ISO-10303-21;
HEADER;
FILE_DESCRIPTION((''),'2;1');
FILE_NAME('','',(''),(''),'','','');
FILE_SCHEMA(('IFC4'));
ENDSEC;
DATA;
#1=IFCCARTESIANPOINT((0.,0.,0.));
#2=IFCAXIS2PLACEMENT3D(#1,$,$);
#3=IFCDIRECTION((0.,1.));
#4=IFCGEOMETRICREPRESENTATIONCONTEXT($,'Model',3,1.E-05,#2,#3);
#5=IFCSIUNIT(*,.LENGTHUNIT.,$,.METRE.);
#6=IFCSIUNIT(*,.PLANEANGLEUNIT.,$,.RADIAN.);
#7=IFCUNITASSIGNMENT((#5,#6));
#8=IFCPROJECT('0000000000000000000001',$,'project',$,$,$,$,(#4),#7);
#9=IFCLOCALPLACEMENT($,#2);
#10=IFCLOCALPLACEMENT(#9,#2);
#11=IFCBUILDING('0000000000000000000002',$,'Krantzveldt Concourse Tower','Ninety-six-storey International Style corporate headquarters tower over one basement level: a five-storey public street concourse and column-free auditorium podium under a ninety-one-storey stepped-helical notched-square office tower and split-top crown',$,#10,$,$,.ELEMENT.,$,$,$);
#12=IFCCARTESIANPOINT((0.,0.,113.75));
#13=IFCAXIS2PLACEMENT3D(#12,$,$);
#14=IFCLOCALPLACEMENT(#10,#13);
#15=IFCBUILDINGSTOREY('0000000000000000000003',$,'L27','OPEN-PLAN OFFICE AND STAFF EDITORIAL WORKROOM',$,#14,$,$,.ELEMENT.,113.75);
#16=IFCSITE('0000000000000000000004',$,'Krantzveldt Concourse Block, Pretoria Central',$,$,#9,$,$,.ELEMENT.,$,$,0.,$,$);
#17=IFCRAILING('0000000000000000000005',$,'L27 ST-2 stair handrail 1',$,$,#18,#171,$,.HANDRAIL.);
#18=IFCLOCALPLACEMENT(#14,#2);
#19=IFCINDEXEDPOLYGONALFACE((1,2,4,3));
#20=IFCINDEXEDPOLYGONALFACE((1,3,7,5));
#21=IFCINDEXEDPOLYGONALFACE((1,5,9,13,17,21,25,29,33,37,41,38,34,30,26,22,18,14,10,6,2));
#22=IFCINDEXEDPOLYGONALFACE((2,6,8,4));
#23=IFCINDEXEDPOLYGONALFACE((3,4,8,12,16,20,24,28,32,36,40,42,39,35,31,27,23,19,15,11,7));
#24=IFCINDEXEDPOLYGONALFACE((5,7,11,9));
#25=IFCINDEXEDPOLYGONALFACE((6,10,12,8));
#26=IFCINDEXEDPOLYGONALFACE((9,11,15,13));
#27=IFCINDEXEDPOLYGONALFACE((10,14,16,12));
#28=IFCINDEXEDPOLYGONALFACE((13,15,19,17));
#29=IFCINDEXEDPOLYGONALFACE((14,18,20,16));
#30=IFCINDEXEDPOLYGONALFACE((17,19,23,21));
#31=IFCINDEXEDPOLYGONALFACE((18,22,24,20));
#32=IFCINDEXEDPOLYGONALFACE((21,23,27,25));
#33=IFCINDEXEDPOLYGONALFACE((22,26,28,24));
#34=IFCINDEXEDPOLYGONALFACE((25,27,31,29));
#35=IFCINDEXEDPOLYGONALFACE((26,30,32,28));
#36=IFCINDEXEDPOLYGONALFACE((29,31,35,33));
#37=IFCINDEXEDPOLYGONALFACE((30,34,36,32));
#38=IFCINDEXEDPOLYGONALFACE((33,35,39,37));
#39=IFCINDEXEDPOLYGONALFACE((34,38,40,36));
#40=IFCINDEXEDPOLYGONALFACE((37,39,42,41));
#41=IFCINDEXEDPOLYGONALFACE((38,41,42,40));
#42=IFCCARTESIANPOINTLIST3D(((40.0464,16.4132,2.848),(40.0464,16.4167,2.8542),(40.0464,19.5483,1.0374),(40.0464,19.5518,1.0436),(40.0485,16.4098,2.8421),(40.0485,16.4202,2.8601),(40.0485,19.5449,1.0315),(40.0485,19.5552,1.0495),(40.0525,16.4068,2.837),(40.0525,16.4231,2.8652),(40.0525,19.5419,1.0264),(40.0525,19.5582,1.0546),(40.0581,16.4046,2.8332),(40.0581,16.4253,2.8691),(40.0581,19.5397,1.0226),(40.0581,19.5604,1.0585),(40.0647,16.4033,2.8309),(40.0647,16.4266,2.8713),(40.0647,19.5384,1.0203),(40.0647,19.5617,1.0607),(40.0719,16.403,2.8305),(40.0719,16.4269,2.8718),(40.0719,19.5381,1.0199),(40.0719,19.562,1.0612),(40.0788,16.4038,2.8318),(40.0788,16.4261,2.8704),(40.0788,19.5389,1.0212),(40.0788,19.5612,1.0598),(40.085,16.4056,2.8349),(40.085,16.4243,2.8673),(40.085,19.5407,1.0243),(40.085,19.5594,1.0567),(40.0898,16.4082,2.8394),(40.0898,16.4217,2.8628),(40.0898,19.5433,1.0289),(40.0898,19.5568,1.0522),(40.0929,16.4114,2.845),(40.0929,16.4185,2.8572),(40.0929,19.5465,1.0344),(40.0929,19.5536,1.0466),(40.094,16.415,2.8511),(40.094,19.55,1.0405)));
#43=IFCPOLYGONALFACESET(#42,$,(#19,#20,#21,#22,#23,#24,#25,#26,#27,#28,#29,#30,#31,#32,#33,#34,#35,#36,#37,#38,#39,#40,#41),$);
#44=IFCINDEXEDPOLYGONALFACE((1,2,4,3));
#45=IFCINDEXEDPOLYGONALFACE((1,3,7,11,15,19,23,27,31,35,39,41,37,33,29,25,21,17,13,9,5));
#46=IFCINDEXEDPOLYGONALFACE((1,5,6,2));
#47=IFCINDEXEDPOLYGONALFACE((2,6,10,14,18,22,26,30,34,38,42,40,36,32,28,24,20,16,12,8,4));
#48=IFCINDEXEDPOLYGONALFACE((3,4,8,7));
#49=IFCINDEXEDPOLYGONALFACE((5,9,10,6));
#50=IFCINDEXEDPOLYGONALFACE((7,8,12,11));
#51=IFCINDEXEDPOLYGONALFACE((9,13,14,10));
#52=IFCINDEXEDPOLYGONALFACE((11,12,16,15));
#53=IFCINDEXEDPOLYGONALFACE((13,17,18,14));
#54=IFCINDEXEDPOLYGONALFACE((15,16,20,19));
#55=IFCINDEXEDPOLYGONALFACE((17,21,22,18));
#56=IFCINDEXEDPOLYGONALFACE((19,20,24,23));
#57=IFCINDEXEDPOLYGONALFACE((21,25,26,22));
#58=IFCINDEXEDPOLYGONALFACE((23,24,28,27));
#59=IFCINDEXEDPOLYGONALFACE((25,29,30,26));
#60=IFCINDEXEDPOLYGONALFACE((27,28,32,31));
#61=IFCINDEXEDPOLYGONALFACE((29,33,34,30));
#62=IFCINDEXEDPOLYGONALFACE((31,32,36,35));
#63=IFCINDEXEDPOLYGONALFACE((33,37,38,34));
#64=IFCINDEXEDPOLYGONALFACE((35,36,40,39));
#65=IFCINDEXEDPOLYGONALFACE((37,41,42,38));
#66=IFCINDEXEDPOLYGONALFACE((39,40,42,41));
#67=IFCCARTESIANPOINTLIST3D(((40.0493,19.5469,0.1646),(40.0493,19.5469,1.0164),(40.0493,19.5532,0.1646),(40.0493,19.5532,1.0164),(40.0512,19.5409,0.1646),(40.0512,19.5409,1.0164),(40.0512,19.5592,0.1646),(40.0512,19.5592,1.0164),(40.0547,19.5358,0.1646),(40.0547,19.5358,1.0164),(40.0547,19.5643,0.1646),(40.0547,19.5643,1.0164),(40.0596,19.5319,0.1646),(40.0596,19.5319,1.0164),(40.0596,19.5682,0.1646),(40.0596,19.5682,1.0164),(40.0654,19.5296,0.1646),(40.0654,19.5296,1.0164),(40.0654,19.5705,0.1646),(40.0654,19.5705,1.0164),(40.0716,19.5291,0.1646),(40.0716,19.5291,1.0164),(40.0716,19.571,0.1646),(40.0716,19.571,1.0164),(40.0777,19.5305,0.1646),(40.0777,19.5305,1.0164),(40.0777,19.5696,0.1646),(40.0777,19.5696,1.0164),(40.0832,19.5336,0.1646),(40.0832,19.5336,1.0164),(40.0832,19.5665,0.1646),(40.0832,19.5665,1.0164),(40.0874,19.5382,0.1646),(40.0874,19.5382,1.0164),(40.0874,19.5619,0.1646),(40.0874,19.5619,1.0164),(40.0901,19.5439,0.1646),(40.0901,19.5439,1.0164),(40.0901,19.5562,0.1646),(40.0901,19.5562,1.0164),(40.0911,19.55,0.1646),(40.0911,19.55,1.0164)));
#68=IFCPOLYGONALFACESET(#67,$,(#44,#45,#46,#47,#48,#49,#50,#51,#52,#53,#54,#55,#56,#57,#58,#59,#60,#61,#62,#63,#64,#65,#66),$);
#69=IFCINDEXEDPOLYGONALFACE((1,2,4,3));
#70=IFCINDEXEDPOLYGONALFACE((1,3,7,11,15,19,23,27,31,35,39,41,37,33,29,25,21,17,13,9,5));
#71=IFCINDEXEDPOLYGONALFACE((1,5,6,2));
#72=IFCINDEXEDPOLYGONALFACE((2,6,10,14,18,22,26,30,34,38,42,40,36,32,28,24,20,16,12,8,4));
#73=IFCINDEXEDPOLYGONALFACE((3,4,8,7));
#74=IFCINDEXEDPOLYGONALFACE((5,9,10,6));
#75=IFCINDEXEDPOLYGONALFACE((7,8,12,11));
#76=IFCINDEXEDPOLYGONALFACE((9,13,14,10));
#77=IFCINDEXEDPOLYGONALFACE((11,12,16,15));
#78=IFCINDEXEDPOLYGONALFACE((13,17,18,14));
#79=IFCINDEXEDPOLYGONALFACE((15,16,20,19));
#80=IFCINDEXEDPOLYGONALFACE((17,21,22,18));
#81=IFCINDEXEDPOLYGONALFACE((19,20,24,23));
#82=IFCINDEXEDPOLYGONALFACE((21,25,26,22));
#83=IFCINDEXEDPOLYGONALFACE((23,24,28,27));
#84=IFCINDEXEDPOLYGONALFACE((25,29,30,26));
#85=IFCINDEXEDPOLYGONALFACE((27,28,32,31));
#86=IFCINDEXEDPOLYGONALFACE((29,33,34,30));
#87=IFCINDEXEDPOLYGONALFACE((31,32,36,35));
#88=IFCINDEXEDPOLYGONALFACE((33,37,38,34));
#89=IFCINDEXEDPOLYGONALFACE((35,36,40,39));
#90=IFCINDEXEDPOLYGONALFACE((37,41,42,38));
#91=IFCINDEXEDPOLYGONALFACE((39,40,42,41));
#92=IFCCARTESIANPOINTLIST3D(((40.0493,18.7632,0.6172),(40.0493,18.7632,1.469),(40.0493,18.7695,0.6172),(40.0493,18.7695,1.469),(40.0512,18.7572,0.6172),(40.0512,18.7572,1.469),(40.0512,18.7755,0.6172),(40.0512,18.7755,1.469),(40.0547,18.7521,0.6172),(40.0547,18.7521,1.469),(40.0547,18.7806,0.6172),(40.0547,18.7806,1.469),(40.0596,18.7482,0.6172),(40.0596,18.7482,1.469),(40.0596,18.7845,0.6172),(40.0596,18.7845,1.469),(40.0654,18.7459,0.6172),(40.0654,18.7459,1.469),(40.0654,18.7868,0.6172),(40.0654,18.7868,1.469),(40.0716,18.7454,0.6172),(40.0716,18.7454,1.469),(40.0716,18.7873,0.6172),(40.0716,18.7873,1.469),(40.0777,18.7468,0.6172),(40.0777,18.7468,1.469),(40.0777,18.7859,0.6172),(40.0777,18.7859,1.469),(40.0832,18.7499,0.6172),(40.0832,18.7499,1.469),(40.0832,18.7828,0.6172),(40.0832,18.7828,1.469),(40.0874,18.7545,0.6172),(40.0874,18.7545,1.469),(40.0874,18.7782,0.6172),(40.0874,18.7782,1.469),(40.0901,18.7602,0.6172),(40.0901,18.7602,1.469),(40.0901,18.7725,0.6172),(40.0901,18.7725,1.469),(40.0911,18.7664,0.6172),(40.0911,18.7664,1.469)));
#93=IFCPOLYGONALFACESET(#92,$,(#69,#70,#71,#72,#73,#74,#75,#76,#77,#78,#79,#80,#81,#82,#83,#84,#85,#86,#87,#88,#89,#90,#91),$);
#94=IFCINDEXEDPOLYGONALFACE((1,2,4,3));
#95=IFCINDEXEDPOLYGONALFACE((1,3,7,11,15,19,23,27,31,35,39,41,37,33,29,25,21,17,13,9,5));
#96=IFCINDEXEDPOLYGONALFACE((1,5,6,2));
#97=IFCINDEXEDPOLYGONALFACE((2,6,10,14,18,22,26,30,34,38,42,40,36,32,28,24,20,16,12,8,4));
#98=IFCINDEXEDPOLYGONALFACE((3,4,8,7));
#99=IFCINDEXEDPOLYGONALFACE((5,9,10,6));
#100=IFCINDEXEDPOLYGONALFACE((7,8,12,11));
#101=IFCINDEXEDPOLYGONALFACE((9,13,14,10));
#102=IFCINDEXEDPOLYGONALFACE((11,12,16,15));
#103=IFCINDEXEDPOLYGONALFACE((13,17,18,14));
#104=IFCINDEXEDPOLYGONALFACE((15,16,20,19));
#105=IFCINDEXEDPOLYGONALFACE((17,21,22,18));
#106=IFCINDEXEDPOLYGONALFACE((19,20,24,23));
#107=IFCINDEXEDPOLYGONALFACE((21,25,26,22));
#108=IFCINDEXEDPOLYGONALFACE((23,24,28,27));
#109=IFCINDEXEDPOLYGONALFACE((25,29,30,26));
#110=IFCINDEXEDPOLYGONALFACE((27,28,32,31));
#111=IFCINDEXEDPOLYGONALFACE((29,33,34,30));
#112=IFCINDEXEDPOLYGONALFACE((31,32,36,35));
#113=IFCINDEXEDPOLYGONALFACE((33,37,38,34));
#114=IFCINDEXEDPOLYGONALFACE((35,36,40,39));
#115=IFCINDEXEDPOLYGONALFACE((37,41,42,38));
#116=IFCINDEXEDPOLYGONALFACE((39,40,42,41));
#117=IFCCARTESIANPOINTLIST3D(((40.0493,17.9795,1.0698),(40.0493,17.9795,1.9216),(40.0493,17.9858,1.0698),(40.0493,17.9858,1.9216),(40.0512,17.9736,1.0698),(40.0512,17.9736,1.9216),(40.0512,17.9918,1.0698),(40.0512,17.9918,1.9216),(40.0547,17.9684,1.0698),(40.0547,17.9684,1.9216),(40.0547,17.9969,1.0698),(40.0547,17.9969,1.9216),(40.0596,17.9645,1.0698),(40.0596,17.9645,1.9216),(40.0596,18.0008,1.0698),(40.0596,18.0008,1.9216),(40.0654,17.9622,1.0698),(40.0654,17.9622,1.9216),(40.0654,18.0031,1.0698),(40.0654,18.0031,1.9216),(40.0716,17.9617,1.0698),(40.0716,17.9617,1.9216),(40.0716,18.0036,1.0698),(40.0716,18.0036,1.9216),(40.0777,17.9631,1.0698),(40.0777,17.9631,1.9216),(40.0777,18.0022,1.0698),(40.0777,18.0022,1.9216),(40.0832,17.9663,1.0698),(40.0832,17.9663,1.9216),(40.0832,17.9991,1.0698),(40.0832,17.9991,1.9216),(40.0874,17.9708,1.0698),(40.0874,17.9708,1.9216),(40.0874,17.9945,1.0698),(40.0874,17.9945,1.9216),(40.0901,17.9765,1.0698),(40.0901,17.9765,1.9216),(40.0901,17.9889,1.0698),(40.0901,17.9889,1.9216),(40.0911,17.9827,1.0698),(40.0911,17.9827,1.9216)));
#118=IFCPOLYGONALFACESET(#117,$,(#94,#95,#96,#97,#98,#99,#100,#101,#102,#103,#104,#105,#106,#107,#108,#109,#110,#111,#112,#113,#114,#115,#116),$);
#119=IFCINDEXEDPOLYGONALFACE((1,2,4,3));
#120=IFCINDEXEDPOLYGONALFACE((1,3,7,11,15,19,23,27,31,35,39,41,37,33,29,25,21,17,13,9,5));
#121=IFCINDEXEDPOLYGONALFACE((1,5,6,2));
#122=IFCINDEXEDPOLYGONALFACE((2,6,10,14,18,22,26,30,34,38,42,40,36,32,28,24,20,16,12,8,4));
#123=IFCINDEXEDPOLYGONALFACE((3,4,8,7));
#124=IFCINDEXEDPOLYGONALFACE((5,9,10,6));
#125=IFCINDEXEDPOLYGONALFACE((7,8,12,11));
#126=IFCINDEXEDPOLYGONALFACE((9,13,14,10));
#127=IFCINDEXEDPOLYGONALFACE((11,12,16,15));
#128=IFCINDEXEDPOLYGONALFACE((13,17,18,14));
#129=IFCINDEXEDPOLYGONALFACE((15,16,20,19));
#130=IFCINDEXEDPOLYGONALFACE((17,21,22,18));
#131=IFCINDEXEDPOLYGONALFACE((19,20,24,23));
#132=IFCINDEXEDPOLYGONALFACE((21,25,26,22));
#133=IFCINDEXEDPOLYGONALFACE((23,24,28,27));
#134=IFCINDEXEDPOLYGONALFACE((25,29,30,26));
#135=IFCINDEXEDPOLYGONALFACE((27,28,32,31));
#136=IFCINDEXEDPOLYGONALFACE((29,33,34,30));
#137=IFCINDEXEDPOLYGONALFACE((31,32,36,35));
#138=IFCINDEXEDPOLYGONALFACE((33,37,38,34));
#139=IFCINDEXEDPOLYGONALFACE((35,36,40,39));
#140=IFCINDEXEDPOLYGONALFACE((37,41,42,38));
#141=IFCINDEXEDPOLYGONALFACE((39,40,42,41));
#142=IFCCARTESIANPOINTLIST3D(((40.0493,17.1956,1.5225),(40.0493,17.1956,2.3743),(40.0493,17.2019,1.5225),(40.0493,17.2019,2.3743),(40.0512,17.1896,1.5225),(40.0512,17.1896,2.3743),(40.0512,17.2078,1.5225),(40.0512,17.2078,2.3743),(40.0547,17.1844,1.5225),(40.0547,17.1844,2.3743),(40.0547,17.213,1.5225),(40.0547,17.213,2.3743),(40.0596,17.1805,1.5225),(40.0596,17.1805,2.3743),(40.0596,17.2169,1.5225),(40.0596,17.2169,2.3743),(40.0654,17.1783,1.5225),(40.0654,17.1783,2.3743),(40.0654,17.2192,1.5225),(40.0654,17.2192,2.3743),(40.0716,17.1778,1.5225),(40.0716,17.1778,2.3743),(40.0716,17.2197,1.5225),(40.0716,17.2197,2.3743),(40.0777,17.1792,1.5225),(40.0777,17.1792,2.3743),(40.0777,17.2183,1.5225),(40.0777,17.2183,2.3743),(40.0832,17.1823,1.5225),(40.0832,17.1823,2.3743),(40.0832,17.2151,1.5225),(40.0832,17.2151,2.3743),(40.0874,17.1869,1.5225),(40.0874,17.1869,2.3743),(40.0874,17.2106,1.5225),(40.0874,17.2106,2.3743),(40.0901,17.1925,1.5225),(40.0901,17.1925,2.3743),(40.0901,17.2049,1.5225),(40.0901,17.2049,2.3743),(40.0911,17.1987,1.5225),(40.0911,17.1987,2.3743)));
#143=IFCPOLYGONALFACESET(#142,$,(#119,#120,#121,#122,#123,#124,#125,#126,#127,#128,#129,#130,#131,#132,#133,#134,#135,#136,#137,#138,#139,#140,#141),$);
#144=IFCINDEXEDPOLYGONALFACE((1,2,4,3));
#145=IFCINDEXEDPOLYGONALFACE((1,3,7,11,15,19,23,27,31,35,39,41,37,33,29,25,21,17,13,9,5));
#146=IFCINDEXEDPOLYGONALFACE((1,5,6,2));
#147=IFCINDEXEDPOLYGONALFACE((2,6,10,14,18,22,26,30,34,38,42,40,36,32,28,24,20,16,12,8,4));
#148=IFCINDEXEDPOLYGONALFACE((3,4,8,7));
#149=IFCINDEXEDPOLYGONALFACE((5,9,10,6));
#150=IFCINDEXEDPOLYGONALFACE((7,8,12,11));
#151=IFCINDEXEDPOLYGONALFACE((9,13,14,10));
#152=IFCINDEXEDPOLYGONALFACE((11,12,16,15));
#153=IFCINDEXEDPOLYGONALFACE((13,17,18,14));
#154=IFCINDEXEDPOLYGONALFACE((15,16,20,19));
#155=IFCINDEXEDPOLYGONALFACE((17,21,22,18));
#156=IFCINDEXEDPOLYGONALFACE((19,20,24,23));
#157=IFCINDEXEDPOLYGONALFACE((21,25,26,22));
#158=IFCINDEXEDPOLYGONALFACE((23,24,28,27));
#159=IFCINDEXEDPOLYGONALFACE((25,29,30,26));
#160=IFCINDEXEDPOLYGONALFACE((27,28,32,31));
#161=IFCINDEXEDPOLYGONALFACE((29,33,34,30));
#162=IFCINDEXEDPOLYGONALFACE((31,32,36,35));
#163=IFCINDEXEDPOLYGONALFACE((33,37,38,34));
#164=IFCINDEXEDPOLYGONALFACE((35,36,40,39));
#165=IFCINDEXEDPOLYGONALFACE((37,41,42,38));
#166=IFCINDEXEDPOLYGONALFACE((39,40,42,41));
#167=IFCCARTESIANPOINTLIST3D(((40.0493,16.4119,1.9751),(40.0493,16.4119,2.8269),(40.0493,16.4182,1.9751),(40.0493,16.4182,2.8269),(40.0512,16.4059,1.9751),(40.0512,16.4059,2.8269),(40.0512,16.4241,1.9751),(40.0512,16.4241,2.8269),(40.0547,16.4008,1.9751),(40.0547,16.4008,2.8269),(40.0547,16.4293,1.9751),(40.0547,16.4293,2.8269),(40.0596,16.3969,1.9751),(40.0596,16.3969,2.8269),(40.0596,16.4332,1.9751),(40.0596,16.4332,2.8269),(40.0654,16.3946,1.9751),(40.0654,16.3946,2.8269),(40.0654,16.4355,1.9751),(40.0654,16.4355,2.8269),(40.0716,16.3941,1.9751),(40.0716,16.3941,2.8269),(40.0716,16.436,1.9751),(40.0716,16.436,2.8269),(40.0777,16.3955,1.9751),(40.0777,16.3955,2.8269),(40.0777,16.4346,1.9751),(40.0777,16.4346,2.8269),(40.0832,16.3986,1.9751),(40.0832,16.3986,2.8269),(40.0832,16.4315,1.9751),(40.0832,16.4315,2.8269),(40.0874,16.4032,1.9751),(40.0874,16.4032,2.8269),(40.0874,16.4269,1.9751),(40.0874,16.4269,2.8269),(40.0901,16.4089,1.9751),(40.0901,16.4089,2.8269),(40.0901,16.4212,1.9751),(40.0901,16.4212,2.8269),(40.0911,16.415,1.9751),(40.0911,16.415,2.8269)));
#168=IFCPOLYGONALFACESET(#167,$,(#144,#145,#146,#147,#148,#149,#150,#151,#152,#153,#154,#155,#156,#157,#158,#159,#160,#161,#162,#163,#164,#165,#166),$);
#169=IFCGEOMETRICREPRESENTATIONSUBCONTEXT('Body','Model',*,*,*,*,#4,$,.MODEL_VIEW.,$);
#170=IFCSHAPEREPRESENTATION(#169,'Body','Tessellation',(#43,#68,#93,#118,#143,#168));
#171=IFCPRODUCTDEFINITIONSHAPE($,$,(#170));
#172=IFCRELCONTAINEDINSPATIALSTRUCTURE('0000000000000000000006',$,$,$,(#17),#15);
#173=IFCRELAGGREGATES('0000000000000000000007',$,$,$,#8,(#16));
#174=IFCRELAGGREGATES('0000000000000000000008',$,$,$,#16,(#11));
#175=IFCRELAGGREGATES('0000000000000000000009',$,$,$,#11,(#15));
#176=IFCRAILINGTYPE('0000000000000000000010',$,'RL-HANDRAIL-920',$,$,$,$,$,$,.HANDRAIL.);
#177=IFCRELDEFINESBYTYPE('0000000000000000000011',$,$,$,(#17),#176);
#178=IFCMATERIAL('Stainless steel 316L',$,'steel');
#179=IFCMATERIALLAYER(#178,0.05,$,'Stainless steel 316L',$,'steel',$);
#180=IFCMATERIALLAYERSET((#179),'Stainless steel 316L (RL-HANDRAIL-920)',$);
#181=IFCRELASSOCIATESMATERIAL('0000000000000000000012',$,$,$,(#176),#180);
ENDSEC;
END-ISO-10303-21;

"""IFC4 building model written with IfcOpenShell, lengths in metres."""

from ifc_helpers import new_model, si_unit, direction, frame, origin, origin_2d, place, context, subcontext, project, spatial, circle, extrude, material, layer, layer_set, type_object, element, save


model = new_model("IFC4")

# Units and contexts
model_context = context("Model", 3, precision=1e-05, world=origin(), true_north=direction((0.0, 1.0)))
body_context = subcontext(model_context, "Body", "Model", "MODEL_VIEW")
ifc_project = project(units=[si_unit("LENGTHUNIT", "METRE"), si_unit("PLANEANGLEUNIT", "RADIAN")], contexts=[model_context])

# Site, building, storey
site_placement = place(None, origin())
site = spatial("IfcSite", under=ifc_project, at=site_placement, Name="Krantzveldt Concourse Block, Pretoria Central", CompositionType="ELEMENT", RefElevation=0.0)
building_placement = place(site_placement, origin())
building = spatial("IfcBuilding", under=site, at=building_placement, Name="Krantzveldt Concourse Tower", Description="Ninety-six-storey International Style corporate headquarters tower over one basement level: a five-storey public street concourse and column-free auditorium podium under a ninety-one-storey stepped-helical notched-square office tower and split-top crown", CompositionType="ELEMENT")
storey_placement = place(building_placement, frame((0.0, 0.0, 113.75)))
storey = spatial("IfcBuildingStorey", under=building, at=storey_placement, Name="L27", Description="OPEN-PLAN OFFICE AND STAFF EDITORIAL WORKROOM", CompositionType="ELEMENT", Elevation=113.75)

# Shared definitions
ifc_material_1 = material(Name="Stainless steel 316L", Category="steel")

# Railing
ifc_layer_1 = layer(ifc_material_1, 0.05, Name="Stainless steel 316L", Category="steel")
ifc_layer_set_1 = layer_set([ifc_layer_1], Name="Stainless steel 316L (RL-HANDRAIL-920)")
railing_type_1 = type_object("IfcRailingType", Name="RL-HANDRAIL-920", PredefinedType="HANDRAIL", material=ifc_layer_set_1)
railing_1_placement = place(storey_placement, frame((40.0701, 19.55, 0.1646)))
element("IfcRailing", 1, at=railing_1_placement, inside=storey, type_object=railing_type_1, Name="L27 ST-2 stair handrail 1", PredefinedType="HANDRAIL", context=body_context, shape_type="SweptSolid", body=[
    extrude(circle(Radius=0.0239, at=origin_2d()), frame((0.0, 0.0, 0.876), z_axis=(0.0, -0.86596, 0.500114), x_axis=(1.0, 0.0, 0.0)), (0.0, 0.0, 1.0), 3.6204),
    extrude(circle(Radius=0.021, at=origin_2d()), origin(), (0.0, 0.0, 1.0), 0.8518),
    extrude(circle(Radius=0.021, at=origin_2d()), frame((0.0, -0.7837, 0.4526)), (0.0, 0.0, 1.0), 0.8518),
    extrude(circle(Radius=0.021, at=origin_2d()), frame((0.0, -1.5674, 0.9053)), (0.0, 0.0, 1.0), 0.8518),
    extrude(circle(Radius=0.021, at=origin_2d()), frame((0.0, -2.3513, 1.3579)), (0.0, 0.0, 1.0), 0.8518),
    extrude(circle(Radius=0.021, at=origin_2d()), frame((0.0, -3.135, 1.8105)), (0.0, 0.0, 1.0), 0.8518),
])

save(model, "model.ifc")
